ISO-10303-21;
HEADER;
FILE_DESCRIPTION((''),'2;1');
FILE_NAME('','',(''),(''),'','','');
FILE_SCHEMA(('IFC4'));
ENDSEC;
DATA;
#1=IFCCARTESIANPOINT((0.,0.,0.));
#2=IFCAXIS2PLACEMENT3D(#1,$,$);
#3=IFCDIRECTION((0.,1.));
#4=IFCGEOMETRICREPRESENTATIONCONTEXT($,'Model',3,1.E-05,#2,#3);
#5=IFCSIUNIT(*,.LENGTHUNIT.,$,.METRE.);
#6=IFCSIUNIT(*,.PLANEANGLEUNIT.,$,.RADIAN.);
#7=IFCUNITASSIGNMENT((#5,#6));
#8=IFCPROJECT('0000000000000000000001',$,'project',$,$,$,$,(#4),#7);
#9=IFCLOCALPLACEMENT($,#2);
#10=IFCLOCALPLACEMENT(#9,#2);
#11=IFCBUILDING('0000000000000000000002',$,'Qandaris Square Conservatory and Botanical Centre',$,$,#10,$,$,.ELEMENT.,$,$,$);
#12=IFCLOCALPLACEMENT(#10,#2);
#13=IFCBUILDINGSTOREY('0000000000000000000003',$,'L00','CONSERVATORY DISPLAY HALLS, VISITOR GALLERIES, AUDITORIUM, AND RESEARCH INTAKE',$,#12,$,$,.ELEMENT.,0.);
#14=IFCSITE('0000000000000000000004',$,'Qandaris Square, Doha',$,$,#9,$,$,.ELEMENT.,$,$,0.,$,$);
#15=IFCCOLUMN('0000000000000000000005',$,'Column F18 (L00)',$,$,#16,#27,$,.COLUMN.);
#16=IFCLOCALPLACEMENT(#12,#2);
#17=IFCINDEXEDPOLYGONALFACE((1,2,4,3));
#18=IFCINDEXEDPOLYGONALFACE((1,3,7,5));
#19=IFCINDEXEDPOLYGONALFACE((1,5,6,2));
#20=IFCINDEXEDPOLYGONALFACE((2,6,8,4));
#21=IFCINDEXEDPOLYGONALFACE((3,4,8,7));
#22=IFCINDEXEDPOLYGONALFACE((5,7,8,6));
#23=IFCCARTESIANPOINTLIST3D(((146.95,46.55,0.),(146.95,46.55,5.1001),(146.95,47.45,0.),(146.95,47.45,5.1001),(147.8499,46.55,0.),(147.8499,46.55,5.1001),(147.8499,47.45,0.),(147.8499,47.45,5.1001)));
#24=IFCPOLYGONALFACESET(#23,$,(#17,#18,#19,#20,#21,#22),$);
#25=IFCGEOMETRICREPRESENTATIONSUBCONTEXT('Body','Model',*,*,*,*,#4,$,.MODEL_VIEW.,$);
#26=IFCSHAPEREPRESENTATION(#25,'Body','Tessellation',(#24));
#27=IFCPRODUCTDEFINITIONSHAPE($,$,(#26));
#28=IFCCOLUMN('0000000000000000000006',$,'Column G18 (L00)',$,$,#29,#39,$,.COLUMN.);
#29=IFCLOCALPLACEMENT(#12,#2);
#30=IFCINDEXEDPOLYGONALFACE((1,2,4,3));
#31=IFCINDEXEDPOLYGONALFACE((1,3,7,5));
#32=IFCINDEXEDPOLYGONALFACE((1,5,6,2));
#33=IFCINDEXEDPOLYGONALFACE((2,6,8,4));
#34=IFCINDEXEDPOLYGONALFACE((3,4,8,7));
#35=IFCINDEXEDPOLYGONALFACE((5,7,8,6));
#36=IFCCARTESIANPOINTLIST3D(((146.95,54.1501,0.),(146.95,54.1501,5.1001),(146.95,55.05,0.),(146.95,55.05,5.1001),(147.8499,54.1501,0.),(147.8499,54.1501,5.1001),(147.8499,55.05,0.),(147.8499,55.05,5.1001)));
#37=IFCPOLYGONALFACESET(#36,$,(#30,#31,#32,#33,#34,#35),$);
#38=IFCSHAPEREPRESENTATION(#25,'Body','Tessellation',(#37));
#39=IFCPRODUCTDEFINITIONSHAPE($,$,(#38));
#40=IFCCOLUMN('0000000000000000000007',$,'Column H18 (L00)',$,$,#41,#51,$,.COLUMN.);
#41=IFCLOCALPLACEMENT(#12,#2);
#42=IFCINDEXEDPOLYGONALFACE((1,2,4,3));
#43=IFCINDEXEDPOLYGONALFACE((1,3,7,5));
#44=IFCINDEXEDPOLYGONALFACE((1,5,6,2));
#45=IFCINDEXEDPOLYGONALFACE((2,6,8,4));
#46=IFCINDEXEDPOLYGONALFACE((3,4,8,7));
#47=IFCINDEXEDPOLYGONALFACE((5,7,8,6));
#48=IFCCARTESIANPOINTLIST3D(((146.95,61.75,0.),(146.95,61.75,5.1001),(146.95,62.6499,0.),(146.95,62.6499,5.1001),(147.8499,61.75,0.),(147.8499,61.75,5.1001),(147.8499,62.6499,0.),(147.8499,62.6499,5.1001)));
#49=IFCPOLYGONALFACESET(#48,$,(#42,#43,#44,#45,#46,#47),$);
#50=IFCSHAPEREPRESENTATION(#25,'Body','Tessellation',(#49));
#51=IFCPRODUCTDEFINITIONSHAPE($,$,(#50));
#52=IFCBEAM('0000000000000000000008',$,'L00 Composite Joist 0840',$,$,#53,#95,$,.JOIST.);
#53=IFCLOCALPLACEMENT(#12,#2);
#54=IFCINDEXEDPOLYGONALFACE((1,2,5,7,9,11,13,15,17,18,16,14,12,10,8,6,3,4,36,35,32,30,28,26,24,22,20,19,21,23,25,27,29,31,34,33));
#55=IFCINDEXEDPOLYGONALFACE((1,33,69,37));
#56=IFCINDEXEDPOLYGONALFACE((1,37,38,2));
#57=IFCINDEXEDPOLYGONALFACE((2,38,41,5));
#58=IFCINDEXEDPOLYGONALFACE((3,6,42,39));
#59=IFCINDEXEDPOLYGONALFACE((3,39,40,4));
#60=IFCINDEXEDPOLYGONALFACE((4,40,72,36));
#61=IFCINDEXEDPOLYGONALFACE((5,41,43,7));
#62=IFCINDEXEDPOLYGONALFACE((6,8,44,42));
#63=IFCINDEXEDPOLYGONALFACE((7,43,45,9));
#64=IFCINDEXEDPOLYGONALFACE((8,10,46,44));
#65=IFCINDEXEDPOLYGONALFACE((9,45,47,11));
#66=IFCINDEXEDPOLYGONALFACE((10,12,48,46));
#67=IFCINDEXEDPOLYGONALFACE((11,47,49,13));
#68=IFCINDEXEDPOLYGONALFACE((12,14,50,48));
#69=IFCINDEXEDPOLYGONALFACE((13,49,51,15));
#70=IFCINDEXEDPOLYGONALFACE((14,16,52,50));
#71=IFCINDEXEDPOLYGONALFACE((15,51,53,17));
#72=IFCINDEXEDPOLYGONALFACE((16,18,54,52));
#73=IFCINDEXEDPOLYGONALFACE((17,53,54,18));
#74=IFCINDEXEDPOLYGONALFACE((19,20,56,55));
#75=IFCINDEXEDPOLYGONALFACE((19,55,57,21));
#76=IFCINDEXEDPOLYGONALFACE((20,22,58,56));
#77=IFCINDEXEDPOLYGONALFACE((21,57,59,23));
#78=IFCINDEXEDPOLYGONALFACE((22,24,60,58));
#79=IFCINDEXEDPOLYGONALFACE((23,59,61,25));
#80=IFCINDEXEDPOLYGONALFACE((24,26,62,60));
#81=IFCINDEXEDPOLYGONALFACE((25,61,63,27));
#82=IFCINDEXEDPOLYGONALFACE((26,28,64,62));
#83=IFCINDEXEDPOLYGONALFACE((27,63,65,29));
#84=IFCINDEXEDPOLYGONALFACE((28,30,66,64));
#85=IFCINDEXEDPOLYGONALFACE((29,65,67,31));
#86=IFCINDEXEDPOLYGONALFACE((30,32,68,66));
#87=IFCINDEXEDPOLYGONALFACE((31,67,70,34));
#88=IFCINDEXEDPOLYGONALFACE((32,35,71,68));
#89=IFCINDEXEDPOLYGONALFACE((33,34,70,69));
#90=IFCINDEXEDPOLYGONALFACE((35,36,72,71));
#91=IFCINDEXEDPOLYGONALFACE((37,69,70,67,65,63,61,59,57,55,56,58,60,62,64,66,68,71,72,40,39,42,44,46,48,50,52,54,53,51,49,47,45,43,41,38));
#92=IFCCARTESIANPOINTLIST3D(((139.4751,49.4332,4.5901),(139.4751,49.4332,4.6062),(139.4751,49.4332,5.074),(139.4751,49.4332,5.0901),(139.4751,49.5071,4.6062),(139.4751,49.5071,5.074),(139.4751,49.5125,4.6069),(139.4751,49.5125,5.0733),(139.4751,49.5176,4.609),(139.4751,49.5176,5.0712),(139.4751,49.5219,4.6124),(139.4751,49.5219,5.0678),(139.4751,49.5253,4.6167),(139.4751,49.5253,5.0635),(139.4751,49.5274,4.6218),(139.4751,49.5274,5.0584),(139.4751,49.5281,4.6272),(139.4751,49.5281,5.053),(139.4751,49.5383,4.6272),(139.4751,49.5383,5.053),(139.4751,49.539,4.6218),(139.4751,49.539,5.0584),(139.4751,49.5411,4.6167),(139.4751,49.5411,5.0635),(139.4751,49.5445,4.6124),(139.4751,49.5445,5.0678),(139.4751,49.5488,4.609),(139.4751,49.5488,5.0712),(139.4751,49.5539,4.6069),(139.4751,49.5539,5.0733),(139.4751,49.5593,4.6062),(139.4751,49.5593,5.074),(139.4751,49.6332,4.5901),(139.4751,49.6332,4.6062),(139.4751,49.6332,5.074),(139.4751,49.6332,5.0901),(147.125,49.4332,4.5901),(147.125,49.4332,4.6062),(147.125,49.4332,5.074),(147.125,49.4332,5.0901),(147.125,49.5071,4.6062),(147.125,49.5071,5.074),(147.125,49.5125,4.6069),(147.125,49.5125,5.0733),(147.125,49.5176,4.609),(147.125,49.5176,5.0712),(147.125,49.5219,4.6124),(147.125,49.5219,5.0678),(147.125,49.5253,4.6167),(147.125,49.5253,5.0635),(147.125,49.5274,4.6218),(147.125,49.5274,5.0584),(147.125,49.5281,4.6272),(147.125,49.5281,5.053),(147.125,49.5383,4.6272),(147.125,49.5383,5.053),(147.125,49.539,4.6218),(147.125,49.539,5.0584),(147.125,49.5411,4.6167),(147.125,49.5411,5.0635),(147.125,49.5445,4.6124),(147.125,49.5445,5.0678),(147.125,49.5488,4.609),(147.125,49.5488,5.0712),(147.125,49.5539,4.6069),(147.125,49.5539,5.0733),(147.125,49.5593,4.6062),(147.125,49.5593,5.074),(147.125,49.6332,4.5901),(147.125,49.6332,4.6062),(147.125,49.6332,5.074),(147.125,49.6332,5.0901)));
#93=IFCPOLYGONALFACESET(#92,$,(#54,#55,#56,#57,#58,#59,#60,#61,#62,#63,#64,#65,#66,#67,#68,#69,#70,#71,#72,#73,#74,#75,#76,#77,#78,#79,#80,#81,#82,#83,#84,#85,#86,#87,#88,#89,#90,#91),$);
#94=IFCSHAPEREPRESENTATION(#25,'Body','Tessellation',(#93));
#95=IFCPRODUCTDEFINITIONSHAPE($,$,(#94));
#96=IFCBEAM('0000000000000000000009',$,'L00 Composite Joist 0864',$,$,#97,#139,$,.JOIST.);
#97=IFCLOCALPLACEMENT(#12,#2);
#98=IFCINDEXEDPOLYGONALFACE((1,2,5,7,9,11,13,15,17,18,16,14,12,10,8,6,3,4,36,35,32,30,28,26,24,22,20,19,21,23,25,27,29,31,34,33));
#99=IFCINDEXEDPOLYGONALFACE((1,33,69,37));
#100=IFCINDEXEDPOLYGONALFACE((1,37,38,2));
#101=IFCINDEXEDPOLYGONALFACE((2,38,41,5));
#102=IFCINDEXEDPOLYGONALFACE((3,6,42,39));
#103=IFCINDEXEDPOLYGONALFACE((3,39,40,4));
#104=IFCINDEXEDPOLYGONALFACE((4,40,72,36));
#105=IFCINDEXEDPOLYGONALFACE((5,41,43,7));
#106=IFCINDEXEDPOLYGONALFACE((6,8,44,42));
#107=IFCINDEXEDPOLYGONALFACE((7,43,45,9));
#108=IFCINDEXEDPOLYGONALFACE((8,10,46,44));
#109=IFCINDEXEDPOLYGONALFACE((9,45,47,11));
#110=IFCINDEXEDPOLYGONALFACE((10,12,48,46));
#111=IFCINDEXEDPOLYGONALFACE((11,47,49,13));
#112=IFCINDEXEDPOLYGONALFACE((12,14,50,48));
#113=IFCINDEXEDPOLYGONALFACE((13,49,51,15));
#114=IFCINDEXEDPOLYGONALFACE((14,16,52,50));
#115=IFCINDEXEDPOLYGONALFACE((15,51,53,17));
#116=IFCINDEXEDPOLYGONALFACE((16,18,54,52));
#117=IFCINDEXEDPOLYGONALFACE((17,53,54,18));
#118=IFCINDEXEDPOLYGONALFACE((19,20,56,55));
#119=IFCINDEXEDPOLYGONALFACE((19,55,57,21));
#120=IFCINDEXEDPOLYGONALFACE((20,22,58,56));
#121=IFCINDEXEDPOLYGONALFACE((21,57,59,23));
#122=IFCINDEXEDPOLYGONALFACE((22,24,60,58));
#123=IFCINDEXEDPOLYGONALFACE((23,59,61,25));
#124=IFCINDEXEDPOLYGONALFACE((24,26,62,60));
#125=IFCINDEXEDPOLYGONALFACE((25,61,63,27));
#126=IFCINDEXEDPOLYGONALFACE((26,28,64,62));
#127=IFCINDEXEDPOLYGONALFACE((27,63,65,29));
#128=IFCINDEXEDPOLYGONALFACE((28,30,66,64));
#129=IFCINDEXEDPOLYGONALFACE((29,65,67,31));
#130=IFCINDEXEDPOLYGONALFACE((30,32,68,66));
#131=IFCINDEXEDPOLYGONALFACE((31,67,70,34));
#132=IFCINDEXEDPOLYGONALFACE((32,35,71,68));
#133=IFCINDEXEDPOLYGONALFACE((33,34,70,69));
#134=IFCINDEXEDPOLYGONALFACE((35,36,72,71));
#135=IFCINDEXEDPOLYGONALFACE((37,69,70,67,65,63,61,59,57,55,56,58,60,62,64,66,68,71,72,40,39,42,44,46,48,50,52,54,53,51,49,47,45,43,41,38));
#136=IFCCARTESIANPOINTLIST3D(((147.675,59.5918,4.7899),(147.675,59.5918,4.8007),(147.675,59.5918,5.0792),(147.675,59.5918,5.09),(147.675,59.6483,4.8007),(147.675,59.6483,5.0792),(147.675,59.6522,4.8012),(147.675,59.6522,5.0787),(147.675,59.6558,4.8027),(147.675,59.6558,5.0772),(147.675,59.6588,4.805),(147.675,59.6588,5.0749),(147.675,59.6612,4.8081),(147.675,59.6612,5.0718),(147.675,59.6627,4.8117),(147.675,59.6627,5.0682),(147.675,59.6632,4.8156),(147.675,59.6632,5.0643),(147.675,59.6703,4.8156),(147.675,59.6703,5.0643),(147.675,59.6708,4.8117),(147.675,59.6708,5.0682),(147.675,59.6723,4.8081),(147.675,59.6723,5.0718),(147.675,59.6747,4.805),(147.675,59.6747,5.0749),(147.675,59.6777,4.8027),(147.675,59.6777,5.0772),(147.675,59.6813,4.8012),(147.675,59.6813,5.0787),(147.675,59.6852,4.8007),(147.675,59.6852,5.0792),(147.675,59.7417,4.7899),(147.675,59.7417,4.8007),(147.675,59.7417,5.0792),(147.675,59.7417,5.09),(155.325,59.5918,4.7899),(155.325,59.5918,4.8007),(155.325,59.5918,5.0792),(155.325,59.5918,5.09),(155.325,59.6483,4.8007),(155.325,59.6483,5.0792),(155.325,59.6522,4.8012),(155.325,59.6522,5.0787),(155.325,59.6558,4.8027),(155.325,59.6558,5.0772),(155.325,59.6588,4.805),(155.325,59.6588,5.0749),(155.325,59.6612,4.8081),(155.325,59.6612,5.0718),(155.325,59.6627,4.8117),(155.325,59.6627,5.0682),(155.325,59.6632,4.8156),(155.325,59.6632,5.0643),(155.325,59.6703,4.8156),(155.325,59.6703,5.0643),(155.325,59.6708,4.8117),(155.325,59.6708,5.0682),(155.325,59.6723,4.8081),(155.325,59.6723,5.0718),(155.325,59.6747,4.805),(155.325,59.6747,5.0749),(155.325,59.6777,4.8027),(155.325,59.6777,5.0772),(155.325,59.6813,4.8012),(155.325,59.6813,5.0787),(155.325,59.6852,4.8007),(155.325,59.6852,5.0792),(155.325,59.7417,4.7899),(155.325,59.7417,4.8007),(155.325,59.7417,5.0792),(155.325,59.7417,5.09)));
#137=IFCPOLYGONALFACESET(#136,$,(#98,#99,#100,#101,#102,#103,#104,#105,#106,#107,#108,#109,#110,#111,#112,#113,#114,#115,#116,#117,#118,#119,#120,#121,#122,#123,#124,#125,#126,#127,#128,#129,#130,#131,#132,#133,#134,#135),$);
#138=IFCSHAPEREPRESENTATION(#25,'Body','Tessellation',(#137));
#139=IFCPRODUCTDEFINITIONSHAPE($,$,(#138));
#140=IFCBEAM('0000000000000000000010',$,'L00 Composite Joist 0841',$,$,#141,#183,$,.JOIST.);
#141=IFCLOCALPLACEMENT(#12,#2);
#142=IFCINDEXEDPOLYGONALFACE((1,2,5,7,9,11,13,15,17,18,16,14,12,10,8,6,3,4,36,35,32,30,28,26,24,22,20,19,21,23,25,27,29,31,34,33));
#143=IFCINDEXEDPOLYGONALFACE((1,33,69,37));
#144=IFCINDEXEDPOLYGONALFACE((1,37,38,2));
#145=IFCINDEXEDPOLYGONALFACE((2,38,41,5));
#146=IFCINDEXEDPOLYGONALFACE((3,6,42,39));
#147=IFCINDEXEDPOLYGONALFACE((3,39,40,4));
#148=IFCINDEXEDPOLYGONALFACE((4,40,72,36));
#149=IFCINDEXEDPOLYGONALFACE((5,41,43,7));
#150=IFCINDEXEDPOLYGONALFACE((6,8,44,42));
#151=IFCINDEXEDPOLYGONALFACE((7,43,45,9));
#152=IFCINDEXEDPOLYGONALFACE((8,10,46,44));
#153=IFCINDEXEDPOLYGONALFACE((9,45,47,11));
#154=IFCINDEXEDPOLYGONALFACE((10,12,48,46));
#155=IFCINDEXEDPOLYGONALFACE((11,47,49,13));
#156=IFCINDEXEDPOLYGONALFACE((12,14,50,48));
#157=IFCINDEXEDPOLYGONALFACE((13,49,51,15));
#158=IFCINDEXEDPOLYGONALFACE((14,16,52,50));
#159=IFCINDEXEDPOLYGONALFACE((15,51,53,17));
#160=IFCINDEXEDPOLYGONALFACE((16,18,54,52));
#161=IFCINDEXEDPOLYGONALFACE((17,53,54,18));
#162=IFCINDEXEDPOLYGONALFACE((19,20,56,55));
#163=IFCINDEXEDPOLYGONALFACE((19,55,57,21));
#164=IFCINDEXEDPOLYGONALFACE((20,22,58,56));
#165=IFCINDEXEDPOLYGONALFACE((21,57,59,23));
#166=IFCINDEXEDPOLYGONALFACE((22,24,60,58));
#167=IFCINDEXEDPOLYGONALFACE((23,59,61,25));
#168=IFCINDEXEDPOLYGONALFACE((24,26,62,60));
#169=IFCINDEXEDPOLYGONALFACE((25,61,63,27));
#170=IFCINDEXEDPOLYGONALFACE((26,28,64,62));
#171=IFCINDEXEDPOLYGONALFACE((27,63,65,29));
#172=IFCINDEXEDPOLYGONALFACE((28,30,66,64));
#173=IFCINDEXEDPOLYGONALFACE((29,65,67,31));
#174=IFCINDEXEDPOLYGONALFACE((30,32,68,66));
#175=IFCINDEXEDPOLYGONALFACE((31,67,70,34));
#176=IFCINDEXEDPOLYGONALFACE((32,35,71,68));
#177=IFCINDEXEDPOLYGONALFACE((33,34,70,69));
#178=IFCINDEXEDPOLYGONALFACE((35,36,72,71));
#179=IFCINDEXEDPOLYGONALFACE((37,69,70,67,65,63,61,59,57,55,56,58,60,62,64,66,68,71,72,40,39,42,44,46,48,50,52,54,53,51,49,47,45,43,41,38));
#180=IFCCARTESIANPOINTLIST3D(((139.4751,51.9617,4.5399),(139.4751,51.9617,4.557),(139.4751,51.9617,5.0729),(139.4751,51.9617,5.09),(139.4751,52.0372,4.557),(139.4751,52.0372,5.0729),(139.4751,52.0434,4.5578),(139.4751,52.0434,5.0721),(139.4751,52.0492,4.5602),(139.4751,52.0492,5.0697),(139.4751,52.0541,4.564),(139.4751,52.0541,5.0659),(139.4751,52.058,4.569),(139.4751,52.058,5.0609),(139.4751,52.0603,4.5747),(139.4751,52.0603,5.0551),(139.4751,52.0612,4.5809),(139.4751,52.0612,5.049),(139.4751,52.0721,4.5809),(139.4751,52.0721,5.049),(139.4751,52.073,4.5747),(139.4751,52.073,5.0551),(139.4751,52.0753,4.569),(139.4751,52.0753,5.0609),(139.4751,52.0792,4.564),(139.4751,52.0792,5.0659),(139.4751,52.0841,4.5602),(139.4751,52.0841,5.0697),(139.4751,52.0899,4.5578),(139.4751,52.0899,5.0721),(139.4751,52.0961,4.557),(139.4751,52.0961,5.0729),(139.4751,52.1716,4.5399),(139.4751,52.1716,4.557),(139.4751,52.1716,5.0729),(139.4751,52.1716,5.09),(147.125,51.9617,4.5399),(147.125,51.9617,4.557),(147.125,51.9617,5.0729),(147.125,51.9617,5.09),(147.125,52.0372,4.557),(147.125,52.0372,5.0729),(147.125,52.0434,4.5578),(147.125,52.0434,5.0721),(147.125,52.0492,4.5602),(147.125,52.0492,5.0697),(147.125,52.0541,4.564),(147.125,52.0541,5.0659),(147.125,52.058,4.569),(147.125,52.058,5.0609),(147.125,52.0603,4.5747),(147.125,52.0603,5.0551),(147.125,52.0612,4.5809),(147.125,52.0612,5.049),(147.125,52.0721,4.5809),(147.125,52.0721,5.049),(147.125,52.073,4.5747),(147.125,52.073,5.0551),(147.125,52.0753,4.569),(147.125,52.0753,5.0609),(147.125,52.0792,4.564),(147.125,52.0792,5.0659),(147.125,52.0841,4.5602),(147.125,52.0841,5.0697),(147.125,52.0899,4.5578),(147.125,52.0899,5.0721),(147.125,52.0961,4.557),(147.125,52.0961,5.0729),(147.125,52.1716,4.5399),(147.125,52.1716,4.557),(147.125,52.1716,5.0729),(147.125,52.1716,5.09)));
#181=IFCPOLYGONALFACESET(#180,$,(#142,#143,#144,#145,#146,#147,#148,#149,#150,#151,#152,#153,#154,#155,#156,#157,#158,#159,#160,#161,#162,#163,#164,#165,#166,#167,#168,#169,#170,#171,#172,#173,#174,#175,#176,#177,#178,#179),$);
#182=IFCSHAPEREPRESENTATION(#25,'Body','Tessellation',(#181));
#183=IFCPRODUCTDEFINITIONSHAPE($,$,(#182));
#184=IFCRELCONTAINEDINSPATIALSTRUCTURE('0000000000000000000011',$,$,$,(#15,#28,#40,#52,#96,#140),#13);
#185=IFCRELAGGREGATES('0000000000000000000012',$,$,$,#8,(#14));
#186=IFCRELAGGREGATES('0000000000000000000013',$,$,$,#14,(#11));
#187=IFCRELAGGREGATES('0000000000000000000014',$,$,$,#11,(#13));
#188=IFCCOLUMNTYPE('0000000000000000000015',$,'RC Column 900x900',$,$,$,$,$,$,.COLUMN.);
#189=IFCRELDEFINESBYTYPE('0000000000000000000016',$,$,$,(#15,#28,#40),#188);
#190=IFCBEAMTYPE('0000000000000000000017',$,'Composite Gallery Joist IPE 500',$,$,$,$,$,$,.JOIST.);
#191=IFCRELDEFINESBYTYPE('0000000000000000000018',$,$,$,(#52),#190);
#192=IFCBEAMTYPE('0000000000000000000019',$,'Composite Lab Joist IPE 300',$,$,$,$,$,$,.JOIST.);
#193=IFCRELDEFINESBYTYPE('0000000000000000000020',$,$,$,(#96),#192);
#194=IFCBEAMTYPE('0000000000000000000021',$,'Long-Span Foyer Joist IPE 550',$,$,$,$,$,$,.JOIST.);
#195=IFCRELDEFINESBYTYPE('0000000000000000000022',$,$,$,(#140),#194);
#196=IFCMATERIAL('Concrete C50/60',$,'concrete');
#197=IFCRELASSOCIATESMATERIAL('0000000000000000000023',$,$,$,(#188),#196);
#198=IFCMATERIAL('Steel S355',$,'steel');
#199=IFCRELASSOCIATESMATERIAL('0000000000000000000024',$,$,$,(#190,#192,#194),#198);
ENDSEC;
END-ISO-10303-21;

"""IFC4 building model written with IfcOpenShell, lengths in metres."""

from ifc_helpers import new_model, si_unit, direction, frame, origin, origin_2d, place, context, subcontext, project, spatial, rectangle, i_section, extrude, material, material_profile, profile_set, type_object, element, save


model = new_model("IFC4")

# Units and contexts
model_context = context("Model", 3, precision=1e-05, world=origin(), true_north=direction((0.0, 1.0)))
body_context = subcontext(model_context, "Body", "Model", "MODEL_VIEW")
ifc_project = project(units=[si_unit("LENGTHUNIT", "METRE"), si_unit("PLANEANGLEUNIT", "RADIAN")], contexts=[model_context])

# Site, building, storey
site_placement = place(None, origin())
site = spatial("IfcSite", under=ifc_project, at=site_placement, Name="Qandaris Square, Doha", CompositionType="ELEMENT", RefElevation=0.0)
building_placement = place(site_placement, origin())
building = spatial("IfcBuilding", under=site, at=building_placement, Name="Qandaris Square Conservatory and Botanical Centre", CompositionType="ELEMENT")
storey_placement = place(building_placement, origin())
storey = spatial("IfcBuildingStorey", under=building, at=storey_placement, Name="L00", Description="CONSERVATORY DISPLAY HALLS, VISITOR GALLERIES, AUDITORIUM, AND RESEARCH INTAKE", CompositionType="ELEMENT", Elevation=0.0)

# Columns
ifc_material_1 = material(Name="Concrete C50/60", Category="concrete")
ifc_material_profile_1 = material_profile(ifc_material_1, rectangle(XDim=0.8999, YDim=0.8999, at=origin_2d()), Name="RC-COL 900x900")
ifc_profile_set_1 = profile_set([ifc_material_profile_1], Name="Concrete C50/60")
column_type = type_object("IfcColumnType", Name="RC Column 900x900", PredefinedType="COLUMN", material=ifc_profile_set_1)
for number, where, z_axis, x_axis, name in (
    (1, (147.3999, 47.0, 0.0), (0.0, 0.0, 1.0), (1.0, 0.0, 0.0), "Column F18 (L00)"),
    (2, (147.3999, 54.6001, 0.0), (0.0, 0.0, 1.0), (1.0, 0.0, 0.0), "Column G18 (L00)"),
    (3, (147.3999, 62.2, 0.0), (0.0, 0.0, 1.0), (1.0, 0.0, 0.0), "Column H18 (L00)"),
):
    element("IfcColumn", number, at=place(storey_placement, frame(where, z_axis=z_axis, x_axis=x_axis)), inside=storey, type_object=column_type, Name=name, PredefinedType="COLUMN", context=body_context, shape_type="SweptSolid", body=[
        extrude(rectangle(XDim=0.8999, YDim=0.8999, at=origin_2d()), origin(), (0.0, 0.0, 1.0), 5.1001),
    ])

# Beams
ifc_material_2 = material(Name="Steel S355", Category="steel")
ifc_material_profile_2 = material_profile(ifc_material_2, i_section(OverallWidth=0.2, OverallDepth=0.5, WebThickness=0.0103, FlangeThickness=0.0161, FilletRadius=0.021, at=origin_2d()), Name="IPE 500")
ifc_profile_set_2 = profile_set([ifc_material_profile_2], Name="Steel S355")
beam_type_1 = type_object("IfcBeamType", Name="Composite Gallery Joist IPE 500", PredefinedType="JOIST", material=ifc_profile_set_2)
beam_1_placement = place(storey_placement, frame((139.4751, 49.5332, 4.8401), z_axis=(1.0, 0.0, 0.0), x_axis=(0.0, 1.0, 0.0)))
element("IfcBeam", 4, at=beam_1_placement, inside=storey, type_object=beam_type_1, Name="L00 Composite Joist 0840", PredefinedType="JOIST", context=body_context, shape_type="SweptSolid", body=[
    extrude(i_section(OverallWidth=0.2, OverallDepth=0.5, WebThickness=0.0103, FlangeThickness=0.0161, FilletRadius=0.021, at=origin_2d()), origin(), (0.0, 0.0, 1.0), 7.6499),
])
ifc_material_profile_3 = material_profile(ifc_material_2, i_section(OverallWidth=0.1499, OverallDepth=0.3, WebThickness=0.0071, FlangeThickness=0.0107, FilletRadius=0.0149, at=origin_2d()), Name="IPE 300")
ifc_profile_set_3 = profile_set([ifc_material_profile_3], Name="Steel S355")
beam_type_2 = type_object("IfcBeamType", Name="Composite Lab Joist IPE 300", PredefinedType="JOIST", material=ifc_profile_set_3)
beam_2_placement = place(storey_placement, frame((147.675, 59.6667, 4.9399), z_axis=(1.0, 0.0, 0.0), x_axis=(0.0, 1.0, 0.0)))
element("IfcBeam", 5, at=beam_2_placement, inside=storey, type_object=beam_type_2, Name="L00 Composite Joist 0864", PredefinedType="JOIST", context=body_context, shape_type="SweptSolid", body=[
    extrude(i_section(OverallWidth=0.1499, OverallDepth=0.3, WebThickness=0.0071, FlangeThickness=0.0107, FilletRadius=0.0149, at=origin_2d()), origin(), (0.0, 0.0, 1.0), 7.6499),
])
ifc_material_profile_4 = material_profile(ifc_material_2, i_section(OverallWidth=0.21, OverallDepth=0.55, WebThickness=0.011, FlangeThickness=0.0171, FilletRadius=0.0239, at=origin_2d()), Name="IPE 550")
ifc_profile_set_4 = profile_set([ifc_material_profile_4], Name="Steel S355")
beam_type_3 = type_object("IfcBeamType", Name="Long-Span Foyer Joist IPE 550", PredefinedType="JOIST", material=ifc_profile_set_4)
for number, where, z_axis, x_axis, name in (
    (6, (139.4751, 52.0667, 4.8149), (1.0, 0.0, 0.0), (0.0, 1.0, 0.0), "L00 Composite Joist 0841"),
):
    element("IfcBeam", number, at=place(storey_placement, frame(where, z_axis=z_axis, x_axis=x_axis)), inside=storey, type_object=beam_type_3, Name=name, PredefinedType="JOIST", context=body_context, shape_type="SweptSolid", body=[
        extrude(i_section(OverallWidth=0.21, OverallDepth=0.55, WebThickness=0.011, FlangeThickness=0.0171, FilletRadius=0.0239, at=origin_2d()), origin(), (0.0, 0.0, 1.0), 7.6499),
    ])

save(model, "model.ifc")
